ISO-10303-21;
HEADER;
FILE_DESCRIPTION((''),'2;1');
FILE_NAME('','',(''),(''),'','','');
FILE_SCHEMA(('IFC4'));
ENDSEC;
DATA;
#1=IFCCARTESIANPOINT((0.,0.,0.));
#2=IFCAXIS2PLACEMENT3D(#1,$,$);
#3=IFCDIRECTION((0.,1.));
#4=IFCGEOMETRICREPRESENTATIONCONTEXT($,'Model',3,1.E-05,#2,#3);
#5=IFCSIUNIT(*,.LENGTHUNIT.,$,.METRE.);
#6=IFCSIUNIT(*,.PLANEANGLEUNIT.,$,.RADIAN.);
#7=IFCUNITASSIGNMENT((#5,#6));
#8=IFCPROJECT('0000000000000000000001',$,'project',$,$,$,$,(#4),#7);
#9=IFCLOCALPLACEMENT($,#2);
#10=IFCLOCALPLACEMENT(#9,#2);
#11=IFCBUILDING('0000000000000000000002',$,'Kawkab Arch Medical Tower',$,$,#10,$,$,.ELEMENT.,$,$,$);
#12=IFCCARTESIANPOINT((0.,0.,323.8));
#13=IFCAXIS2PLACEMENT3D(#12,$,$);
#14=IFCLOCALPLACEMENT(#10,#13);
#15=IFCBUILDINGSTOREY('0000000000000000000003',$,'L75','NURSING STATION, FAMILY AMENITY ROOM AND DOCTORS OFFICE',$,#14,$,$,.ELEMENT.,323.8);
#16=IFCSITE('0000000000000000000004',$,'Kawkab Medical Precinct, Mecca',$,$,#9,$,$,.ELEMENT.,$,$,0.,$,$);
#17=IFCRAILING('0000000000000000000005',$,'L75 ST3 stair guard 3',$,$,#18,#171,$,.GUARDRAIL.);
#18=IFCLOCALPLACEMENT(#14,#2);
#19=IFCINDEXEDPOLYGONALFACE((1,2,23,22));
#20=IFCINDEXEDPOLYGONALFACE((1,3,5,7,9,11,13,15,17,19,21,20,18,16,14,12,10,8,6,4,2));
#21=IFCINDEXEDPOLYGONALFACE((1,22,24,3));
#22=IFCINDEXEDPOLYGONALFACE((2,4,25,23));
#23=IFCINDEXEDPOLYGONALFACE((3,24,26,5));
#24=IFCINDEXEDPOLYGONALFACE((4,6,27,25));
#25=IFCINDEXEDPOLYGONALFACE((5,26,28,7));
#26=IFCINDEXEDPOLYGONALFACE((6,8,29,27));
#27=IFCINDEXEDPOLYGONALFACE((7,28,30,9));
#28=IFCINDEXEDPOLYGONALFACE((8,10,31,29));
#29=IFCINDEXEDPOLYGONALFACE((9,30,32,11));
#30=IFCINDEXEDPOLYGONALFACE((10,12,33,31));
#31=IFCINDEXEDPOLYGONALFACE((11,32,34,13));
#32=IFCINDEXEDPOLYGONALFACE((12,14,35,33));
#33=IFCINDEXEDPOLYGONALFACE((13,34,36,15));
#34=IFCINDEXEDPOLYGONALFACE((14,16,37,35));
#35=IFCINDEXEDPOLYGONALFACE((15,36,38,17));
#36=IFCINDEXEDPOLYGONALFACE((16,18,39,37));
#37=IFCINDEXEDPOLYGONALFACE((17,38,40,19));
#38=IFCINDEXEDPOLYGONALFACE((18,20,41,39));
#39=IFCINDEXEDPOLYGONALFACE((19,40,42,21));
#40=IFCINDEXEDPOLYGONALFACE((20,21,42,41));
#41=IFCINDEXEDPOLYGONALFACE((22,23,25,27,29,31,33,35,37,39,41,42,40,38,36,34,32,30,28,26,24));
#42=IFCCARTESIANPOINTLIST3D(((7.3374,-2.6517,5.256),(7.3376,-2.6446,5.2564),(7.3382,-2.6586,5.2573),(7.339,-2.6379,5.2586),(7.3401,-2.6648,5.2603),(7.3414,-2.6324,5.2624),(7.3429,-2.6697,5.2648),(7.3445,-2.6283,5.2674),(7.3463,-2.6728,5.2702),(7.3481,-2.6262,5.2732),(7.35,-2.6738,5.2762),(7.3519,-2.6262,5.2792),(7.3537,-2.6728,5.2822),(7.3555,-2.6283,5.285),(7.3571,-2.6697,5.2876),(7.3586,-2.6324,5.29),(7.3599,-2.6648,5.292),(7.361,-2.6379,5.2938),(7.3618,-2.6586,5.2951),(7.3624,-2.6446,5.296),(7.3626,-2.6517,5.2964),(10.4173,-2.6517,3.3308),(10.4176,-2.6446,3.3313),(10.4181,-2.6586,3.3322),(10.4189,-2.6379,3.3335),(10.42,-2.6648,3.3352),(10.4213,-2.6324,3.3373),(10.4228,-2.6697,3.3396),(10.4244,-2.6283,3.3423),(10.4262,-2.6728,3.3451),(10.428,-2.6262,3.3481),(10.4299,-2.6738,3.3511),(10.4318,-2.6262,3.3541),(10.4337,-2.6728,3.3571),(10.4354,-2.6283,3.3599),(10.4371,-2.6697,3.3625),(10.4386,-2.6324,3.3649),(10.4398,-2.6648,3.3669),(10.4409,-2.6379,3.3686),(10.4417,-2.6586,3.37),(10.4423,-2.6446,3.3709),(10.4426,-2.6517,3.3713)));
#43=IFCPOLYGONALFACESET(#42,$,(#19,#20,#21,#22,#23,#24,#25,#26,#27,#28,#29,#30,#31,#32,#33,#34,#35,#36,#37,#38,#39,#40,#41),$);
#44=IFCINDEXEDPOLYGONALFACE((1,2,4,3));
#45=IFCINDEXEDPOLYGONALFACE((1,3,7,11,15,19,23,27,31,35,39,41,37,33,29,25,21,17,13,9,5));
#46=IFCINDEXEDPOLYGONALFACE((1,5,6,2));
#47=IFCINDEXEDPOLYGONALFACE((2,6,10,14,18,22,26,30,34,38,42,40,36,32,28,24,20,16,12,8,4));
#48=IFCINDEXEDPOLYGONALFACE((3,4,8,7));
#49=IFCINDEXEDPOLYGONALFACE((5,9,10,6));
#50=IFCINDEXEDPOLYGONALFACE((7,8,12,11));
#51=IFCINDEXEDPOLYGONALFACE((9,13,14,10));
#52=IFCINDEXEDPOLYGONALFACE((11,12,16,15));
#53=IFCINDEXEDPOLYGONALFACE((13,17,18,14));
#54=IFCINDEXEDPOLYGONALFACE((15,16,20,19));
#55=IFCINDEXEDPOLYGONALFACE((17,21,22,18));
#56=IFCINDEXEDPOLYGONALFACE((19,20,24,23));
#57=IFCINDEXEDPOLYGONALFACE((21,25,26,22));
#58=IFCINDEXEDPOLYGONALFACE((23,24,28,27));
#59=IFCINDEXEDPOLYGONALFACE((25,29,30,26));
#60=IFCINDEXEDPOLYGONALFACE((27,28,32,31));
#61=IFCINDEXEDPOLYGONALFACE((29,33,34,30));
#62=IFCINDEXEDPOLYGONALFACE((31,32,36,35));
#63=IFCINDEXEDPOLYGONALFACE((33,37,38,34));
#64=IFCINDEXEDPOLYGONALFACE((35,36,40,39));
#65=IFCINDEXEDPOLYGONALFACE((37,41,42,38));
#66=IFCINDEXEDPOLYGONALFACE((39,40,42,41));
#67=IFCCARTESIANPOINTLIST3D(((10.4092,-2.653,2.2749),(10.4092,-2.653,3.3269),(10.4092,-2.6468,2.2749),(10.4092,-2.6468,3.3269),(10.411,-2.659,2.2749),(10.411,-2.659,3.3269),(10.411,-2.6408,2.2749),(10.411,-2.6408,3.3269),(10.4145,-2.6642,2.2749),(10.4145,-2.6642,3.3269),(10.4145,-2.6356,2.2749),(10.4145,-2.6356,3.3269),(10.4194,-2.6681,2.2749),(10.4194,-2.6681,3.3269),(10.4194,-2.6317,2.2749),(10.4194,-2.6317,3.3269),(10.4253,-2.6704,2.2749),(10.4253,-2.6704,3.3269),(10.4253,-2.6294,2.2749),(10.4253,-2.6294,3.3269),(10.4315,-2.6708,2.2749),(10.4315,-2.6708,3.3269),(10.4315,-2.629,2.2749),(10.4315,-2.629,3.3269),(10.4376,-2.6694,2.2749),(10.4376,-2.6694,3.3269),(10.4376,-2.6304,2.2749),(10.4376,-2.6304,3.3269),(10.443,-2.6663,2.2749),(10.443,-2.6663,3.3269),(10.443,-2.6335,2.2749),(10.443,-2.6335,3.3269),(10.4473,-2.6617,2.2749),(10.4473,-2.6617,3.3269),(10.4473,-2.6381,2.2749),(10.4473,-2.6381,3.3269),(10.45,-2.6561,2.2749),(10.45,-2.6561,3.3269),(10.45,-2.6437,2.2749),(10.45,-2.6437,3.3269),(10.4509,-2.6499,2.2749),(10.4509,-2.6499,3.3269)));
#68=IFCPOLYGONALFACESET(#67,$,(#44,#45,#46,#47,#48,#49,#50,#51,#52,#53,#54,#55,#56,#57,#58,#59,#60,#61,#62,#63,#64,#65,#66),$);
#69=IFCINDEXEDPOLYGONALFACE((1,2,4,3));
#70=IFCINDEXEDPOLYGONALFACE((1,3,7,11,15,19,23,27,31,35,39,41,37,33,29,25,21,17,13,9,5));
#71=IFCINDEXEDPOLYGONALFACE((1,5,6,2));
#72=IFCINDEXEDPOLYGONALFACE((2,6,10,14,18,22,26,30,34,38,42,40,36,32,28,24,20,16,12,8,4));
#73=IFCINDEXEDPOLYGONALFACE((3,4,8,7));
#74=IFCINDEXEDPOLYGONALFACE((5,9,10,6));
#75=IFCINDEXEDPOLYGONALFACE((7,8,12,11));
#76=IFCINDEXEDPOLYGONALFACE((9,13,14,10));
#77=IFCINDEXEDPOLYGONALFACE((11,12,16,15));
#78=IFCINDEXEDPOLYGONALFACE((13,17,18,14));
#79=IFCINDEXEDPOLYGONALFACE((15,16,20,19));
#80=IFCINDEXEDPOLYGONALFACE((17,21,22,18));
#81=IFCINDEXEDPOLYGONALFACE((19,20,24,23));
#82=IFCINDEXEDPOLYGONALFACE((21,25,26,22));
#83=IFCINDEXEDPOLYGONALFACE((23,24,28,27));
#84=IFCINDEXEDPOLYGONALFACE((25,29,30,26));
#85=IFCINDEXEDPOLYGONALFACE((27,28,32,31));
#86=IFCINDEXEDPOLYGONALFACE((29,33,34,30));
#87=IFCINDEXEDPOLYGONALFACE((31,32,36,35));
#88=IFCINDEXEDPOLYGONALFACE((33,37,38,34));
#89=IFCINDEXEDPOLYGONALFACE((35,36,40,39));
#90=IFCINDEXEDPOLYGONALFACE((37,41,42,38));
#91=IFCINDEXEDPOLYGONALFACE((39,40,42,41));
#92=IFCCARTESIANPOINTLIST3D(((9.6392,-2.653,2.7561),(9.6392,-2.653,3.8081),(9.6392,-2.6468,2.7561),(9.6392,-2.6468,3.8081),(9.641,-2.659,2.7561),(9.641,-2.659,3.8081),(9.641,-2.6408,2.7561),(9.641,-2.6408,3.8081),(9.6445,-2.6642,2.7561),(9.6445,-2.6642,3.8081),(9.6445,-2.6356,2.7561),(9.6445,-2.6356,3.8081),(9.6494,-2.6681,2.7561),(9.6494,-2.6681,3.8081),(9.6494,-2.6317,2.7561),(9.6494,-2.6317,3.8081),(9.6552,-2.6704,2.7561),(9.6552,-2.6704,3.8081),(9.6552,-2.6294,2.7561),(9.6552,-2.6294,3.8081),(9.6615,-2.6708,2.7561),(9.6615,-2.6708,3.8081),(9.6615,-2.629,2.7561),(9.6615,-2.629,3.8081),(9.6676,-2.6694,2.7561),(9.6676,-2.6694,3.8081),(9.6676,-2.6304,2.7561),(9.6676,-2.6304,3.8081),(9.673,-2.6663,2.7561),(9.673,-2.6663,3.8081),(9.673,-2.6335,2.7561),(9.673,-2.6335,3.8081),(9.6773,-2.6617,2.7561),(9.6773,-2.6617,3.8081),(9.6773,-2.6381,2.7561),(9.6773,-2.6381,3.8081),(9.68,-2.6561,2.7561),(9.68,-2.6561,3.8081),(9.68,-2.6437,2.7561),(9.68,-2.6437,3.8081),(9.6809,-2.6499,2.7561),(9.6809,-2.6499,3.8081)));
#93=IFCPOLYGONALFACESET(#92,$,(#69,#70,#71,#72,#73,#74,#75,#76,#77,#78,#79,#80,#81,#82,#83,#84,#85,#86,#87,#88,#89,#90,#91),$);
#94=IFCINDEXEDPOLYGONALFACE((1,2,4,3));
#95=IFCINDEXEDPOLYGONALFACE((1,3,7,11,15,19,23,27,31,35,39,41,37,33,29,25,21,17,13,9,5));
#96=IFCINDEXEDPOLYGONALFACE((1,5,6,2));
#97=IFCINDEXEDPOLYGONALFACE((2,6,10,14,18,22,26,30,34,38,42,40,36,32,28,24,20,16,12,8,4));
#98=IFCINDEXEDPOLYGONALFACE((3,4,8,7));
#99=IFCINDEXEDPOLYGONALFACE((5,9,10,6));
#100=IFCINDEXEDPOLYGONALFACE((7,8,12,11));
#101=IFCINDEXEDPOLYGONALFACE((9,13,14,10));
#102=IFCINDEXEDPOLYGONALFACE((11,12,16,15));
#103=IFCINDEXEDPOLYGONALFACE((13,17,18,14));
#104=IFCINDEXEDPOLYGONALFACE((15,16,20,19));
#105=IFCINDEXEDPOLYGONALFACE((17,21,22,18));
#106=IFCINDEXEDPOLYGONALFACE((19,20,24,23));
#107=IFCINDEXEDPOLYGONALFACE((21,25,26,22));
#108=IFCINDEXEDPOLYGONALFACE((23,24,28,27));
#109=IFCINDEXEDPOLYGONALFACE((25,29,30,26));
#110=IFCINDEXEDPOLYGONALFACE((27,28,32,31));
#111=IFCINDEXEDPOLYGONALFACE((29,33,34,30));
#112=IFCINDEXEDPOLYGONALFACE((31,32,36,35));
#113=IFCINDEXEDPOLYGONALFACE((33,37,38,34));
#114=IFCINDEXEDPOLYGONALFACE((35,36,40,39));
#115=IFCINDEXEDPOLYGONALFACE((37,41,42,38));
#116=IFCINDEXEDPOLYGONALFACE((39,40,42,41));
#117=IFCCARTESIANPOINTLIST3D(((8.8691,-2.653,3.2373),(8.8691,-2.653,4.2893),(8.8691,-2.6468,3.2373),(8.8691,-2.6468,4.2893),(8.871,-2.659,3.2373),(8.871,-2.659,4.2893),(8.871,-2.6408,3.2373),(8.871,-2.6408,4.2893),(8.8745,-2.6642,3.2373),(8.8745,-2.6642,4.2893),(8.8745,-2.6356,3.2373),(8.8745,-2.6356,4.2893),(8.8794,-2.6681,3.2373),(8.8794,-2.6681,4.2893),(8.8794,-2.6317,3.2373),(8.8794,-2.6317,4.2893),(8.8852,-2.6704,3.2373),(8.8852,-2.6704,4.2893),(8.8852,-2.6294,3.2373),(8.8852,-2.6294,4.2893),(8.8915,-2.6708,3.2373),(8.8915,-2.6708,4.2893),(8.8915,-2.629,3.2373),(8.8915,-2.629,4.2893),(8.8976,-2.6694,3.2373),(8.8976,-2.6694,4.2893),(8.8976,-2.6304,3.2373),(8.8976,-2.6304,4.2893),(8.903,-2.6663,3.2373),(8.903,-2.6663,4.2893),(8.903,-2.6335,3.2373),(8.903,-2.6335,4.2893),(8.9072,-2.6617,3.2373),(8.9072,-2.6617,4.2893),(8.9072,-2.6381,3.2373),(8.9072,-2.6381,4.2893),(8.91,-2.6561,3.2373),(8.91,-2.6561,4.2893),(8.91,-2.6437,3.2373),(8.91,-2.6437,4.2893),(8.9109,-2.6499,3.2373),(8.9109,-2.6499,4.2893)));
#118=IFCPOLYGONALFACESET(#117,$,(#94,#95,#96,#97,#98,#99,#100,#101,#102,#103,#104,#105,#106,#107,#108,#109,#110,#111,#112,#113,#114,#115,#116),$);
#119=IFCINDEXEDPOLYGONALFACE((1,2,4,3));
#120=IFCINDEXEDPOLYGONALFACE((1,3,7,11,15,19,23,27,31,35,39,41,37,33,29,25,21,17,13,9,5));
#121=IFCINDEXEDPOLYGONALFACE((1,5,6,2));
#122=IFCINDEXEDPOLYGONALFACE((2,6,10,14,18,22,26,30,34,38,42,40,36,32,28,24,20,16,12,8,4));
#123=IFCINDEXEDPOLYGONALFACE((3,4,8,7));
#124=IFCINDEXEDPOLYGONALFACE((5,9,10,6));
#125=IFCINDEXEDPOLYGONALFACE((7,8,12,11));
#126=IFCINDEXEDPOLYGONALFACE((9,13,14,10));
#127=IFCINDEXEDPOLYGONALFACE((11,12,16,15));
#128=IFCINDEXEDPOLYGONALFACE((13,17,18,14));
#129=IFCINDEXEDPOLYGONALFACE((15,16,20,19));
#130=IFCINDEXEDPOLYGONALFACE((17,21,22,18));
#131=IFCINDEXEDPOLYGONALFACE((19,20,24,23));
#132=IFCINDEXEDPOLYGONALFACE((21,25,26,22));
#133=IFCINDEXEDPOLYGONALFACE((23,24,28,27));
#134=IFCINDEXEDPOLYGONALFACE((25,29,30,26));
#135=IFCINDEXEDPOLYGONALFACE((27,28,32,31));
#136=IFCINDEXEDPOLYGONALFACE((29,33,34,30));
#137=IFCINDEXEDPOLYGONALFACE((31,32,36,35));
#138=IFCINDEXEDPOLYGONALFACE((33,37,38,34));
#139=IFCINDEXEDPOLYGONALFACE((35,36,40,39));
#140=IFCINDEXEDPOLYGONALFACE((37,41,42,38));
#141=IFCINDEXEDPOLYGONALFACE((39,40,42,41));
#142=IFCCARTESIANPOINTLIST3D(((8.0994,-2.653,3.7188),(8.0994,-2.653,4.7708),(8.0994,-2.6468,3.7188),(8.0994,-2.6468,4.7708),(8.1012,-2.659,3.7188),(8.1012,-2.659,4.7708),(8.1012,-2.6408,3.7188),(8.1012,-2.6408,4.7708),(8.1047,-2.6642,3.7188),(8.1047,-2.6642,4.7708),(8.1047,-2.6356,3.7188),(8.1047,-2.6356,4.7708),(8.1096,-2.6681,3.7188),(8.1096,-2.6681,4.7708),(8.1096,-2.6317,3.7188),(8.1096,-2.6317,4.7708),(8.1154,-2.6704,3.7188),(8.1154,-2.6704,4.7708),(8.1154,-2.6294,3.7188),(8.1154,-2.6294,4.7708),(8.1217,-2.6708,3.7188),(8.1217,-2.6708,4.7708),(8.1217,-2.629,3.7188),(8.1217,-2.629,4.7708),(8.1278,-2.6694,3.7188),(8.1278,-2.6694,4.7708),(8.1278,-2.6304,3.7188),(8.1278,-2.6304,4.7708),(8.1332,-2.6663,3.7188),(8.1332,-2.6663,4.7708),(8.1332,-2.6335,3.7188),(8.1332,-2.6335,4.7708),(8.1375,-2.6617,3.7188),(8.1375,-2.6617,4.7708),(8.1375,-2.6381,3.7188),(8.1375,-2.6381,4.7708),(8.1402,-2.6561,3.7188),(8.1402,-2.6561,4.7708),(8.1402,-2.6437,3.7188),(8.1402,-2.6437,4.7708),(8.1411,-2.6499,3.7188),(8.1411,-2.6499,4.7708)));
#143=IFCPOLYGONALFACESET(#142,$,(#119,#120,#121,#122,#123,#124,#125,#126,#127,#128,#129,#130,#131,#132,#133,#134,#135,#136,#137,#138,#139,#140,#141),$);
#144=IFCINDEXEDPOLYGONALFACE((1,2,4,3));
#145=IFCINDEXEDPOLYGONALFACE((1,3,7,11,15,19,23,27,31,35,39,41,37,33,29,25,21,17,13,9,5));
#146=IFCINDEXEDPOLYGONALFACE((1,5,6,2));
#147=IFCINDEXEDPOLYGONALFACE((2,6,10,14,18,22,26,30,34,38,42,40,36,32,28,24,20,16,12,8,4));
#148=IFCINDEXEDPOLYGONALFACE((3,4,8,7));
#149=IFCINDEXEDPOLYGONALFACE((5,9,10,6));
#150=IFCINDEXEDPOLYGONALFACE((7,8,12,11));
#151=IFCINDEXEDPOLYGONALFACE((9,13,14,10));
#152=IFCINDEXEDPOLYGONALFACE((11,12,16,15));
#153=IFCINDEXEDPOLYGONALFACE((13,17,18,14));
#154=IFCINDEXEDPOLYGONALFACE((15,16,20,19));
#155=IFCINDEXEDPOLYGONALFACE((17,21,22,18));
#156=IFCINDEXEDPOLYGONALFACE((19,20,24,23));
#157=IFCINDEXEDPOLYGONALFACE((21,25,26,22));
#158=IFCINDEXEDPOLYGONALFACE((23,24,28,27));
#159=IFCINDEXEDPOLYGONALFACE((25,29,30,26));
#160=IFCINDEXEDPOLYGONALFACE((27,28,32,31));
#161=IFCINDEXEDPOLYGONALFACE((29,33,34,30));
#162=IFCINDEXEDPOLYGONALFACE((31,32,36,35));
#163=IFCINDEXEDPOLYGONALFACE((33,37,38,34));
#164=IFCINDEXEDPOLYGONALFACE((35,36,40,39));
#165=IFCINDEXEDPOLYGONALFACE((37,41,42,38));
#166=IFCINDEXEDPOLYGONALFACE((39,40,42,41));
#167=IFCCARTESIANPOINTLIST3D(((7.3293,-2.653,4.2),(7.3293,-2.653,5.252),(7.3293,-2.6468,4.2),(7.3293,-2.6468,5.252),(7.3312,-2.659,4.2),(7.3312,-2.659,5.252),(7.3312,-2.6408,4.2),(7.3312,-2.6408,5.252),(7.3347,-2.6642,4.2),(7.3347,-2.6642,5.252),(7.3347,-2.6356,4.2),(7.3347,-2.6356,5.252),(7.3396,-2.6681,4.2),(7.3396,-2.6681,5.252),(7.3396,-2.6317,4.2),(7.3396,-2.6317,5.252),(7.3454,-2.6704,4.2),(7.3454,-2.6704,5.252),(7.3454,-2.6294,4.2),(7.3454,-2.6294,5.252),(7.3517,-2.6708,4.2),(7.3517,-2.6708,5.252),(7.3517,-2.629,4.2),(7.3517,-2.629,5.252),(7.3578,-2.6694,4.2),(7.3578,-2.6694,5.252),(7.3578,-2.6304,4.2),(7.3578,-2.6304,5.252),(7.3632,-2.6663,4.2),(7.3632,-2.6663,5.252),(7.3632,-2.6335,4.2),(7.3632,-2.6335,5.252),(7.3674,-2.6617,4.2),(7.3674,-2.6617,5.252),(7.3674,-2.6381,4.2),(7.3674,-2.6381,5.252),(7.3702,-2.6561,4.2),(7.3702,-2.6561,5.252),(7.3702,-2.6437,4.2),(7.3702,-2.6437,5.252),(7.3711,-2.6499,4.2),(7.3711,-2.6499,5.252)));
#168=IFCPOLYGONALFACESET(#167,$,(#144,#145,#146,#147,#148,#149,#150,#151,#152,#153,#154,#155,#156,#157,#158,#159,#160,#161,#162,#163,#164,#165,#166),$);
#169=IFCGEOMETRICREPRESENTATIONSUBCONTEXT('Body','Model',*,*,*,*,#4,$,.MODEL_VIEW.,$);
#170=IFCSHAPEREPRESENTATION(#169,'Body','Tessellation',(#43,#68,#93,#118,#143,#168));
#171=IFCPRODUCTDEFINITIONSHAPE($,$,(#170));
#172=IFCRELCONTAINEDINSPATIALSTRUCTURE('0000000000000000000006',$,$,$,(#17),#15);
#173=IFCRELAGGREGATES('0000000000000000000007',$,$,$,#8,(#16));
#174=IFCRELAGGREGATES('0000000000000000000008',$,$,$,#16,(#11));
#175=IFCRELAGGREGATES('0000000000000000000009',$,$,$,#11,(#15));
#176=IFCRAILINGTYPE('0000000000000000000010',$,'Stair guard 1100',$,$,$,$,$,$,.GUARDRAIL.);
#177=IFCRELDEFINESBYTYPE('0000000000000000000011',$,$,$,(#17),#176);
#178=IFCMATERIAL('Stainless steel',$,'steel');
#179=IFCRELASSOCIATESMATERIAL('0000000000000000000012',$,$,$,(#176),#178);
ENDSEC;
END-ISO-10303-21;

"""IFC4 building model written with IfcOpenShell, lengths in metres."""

from ifc_helpers import new_model, si_unit, direction, frame, origin, origin_2d, place, context, subcontext, project, spatial, circle, extrude, material, type_object, element, save


model = new_model("IFC4")

# Units and contexts
model_context = context("Model", 3, precision=1e-05, world=origin(), true_north=direction((0.0, 1.0)))
body_context = subcontext(model_context, "Body", "Model", "MODEL_VIEW")
ifc_project = project(units=[si_unit("LENGTHUNIT", "METRE"), si_unit("PLANEANGLEUNIT", "RADIAN")], contexts=[model_context])

# Site, building, storey
site_placement = place(None, origin())
site = spatial("IfcSite", under=ifc_project, at=site_placement, Name="Kawkab Medical Precinct, Mecca", CompositionType="ELEMENT", RefElevation=0.0)
building_placement = place(site_placement, origin())
building = spatial("IfcBuilding", under=site, at=building_placement, Name="Kawkab Arch Medical Tower", CompositionType="ELEMENT")
storey_placement = place(building_placement, frame((0.0, 0.0, 323.8)))
storey = spatial("IfcBuildingStorey", under=building, at=storey_placement, Name="L75", Description="NURSING STATION, FAMILY AMENITY ROOM AND DOCTORS OFFICE", CompositionType="ELEMENT", Elevation=323.8)

# Railing
ifc_material_1 = material(Name="Stainless steel", Category="steel")
railing_type_1 = type_object("IfcRailingType", Name="Stair guard 1100", PredefinedType="GUARDRAIL", material=ifc_material_1)
railing_1_placement = place(storey_placement, frame((10.4299, -2.6499, 2.2749)))
element("IfcRailing", 1, at=railing_1_placement, inside=storey, type_object=railing_type_1, Name="L75 ST3 stair guard 3", PredefinedType="GUARDRAIL", context=body_context, shape_type="SweptSolid", body=[
    extrude(circle(Radius=0.0239, at=origin_2d()), frame((0.0, 0.0, 1.0762), z_axis=(-0.847979, 0.0, 0.530029), x_axis=(0.0, -1.0, 0.0)), (0.0, 0.0, 1.0), 3.6321),
    extrude(circle(Radius=0.021, at=origin_2d()), origin(), (0.0, 0.0, 1.0), 1.052),
    extrude(circle(Radius=0.021, at=origin_2d()), frame((-0.77, 0.0, 0.4812)), (0.0, 0.0, 1.0), 1.052),
    extrude(circle(Radius=0.021, at=origin_2d()), frame((-1.54, 0.0, 0.9624)), (0.0, 0.0, 1.0), 1.052),
    extrude(circle(Radius=0.021, at=origin_2d()), frame((-2.3098, 0.0, 1.4438)), (0.0, 0.0, 1.0), 1.052),
    extrude(circle(Radius=0.021, at=origin_2d()), frame((-3.0798, 0.0, 1.925)), (0.0, 0.0, 1.0), 1.052),
])

save(model, "model.ifc")
